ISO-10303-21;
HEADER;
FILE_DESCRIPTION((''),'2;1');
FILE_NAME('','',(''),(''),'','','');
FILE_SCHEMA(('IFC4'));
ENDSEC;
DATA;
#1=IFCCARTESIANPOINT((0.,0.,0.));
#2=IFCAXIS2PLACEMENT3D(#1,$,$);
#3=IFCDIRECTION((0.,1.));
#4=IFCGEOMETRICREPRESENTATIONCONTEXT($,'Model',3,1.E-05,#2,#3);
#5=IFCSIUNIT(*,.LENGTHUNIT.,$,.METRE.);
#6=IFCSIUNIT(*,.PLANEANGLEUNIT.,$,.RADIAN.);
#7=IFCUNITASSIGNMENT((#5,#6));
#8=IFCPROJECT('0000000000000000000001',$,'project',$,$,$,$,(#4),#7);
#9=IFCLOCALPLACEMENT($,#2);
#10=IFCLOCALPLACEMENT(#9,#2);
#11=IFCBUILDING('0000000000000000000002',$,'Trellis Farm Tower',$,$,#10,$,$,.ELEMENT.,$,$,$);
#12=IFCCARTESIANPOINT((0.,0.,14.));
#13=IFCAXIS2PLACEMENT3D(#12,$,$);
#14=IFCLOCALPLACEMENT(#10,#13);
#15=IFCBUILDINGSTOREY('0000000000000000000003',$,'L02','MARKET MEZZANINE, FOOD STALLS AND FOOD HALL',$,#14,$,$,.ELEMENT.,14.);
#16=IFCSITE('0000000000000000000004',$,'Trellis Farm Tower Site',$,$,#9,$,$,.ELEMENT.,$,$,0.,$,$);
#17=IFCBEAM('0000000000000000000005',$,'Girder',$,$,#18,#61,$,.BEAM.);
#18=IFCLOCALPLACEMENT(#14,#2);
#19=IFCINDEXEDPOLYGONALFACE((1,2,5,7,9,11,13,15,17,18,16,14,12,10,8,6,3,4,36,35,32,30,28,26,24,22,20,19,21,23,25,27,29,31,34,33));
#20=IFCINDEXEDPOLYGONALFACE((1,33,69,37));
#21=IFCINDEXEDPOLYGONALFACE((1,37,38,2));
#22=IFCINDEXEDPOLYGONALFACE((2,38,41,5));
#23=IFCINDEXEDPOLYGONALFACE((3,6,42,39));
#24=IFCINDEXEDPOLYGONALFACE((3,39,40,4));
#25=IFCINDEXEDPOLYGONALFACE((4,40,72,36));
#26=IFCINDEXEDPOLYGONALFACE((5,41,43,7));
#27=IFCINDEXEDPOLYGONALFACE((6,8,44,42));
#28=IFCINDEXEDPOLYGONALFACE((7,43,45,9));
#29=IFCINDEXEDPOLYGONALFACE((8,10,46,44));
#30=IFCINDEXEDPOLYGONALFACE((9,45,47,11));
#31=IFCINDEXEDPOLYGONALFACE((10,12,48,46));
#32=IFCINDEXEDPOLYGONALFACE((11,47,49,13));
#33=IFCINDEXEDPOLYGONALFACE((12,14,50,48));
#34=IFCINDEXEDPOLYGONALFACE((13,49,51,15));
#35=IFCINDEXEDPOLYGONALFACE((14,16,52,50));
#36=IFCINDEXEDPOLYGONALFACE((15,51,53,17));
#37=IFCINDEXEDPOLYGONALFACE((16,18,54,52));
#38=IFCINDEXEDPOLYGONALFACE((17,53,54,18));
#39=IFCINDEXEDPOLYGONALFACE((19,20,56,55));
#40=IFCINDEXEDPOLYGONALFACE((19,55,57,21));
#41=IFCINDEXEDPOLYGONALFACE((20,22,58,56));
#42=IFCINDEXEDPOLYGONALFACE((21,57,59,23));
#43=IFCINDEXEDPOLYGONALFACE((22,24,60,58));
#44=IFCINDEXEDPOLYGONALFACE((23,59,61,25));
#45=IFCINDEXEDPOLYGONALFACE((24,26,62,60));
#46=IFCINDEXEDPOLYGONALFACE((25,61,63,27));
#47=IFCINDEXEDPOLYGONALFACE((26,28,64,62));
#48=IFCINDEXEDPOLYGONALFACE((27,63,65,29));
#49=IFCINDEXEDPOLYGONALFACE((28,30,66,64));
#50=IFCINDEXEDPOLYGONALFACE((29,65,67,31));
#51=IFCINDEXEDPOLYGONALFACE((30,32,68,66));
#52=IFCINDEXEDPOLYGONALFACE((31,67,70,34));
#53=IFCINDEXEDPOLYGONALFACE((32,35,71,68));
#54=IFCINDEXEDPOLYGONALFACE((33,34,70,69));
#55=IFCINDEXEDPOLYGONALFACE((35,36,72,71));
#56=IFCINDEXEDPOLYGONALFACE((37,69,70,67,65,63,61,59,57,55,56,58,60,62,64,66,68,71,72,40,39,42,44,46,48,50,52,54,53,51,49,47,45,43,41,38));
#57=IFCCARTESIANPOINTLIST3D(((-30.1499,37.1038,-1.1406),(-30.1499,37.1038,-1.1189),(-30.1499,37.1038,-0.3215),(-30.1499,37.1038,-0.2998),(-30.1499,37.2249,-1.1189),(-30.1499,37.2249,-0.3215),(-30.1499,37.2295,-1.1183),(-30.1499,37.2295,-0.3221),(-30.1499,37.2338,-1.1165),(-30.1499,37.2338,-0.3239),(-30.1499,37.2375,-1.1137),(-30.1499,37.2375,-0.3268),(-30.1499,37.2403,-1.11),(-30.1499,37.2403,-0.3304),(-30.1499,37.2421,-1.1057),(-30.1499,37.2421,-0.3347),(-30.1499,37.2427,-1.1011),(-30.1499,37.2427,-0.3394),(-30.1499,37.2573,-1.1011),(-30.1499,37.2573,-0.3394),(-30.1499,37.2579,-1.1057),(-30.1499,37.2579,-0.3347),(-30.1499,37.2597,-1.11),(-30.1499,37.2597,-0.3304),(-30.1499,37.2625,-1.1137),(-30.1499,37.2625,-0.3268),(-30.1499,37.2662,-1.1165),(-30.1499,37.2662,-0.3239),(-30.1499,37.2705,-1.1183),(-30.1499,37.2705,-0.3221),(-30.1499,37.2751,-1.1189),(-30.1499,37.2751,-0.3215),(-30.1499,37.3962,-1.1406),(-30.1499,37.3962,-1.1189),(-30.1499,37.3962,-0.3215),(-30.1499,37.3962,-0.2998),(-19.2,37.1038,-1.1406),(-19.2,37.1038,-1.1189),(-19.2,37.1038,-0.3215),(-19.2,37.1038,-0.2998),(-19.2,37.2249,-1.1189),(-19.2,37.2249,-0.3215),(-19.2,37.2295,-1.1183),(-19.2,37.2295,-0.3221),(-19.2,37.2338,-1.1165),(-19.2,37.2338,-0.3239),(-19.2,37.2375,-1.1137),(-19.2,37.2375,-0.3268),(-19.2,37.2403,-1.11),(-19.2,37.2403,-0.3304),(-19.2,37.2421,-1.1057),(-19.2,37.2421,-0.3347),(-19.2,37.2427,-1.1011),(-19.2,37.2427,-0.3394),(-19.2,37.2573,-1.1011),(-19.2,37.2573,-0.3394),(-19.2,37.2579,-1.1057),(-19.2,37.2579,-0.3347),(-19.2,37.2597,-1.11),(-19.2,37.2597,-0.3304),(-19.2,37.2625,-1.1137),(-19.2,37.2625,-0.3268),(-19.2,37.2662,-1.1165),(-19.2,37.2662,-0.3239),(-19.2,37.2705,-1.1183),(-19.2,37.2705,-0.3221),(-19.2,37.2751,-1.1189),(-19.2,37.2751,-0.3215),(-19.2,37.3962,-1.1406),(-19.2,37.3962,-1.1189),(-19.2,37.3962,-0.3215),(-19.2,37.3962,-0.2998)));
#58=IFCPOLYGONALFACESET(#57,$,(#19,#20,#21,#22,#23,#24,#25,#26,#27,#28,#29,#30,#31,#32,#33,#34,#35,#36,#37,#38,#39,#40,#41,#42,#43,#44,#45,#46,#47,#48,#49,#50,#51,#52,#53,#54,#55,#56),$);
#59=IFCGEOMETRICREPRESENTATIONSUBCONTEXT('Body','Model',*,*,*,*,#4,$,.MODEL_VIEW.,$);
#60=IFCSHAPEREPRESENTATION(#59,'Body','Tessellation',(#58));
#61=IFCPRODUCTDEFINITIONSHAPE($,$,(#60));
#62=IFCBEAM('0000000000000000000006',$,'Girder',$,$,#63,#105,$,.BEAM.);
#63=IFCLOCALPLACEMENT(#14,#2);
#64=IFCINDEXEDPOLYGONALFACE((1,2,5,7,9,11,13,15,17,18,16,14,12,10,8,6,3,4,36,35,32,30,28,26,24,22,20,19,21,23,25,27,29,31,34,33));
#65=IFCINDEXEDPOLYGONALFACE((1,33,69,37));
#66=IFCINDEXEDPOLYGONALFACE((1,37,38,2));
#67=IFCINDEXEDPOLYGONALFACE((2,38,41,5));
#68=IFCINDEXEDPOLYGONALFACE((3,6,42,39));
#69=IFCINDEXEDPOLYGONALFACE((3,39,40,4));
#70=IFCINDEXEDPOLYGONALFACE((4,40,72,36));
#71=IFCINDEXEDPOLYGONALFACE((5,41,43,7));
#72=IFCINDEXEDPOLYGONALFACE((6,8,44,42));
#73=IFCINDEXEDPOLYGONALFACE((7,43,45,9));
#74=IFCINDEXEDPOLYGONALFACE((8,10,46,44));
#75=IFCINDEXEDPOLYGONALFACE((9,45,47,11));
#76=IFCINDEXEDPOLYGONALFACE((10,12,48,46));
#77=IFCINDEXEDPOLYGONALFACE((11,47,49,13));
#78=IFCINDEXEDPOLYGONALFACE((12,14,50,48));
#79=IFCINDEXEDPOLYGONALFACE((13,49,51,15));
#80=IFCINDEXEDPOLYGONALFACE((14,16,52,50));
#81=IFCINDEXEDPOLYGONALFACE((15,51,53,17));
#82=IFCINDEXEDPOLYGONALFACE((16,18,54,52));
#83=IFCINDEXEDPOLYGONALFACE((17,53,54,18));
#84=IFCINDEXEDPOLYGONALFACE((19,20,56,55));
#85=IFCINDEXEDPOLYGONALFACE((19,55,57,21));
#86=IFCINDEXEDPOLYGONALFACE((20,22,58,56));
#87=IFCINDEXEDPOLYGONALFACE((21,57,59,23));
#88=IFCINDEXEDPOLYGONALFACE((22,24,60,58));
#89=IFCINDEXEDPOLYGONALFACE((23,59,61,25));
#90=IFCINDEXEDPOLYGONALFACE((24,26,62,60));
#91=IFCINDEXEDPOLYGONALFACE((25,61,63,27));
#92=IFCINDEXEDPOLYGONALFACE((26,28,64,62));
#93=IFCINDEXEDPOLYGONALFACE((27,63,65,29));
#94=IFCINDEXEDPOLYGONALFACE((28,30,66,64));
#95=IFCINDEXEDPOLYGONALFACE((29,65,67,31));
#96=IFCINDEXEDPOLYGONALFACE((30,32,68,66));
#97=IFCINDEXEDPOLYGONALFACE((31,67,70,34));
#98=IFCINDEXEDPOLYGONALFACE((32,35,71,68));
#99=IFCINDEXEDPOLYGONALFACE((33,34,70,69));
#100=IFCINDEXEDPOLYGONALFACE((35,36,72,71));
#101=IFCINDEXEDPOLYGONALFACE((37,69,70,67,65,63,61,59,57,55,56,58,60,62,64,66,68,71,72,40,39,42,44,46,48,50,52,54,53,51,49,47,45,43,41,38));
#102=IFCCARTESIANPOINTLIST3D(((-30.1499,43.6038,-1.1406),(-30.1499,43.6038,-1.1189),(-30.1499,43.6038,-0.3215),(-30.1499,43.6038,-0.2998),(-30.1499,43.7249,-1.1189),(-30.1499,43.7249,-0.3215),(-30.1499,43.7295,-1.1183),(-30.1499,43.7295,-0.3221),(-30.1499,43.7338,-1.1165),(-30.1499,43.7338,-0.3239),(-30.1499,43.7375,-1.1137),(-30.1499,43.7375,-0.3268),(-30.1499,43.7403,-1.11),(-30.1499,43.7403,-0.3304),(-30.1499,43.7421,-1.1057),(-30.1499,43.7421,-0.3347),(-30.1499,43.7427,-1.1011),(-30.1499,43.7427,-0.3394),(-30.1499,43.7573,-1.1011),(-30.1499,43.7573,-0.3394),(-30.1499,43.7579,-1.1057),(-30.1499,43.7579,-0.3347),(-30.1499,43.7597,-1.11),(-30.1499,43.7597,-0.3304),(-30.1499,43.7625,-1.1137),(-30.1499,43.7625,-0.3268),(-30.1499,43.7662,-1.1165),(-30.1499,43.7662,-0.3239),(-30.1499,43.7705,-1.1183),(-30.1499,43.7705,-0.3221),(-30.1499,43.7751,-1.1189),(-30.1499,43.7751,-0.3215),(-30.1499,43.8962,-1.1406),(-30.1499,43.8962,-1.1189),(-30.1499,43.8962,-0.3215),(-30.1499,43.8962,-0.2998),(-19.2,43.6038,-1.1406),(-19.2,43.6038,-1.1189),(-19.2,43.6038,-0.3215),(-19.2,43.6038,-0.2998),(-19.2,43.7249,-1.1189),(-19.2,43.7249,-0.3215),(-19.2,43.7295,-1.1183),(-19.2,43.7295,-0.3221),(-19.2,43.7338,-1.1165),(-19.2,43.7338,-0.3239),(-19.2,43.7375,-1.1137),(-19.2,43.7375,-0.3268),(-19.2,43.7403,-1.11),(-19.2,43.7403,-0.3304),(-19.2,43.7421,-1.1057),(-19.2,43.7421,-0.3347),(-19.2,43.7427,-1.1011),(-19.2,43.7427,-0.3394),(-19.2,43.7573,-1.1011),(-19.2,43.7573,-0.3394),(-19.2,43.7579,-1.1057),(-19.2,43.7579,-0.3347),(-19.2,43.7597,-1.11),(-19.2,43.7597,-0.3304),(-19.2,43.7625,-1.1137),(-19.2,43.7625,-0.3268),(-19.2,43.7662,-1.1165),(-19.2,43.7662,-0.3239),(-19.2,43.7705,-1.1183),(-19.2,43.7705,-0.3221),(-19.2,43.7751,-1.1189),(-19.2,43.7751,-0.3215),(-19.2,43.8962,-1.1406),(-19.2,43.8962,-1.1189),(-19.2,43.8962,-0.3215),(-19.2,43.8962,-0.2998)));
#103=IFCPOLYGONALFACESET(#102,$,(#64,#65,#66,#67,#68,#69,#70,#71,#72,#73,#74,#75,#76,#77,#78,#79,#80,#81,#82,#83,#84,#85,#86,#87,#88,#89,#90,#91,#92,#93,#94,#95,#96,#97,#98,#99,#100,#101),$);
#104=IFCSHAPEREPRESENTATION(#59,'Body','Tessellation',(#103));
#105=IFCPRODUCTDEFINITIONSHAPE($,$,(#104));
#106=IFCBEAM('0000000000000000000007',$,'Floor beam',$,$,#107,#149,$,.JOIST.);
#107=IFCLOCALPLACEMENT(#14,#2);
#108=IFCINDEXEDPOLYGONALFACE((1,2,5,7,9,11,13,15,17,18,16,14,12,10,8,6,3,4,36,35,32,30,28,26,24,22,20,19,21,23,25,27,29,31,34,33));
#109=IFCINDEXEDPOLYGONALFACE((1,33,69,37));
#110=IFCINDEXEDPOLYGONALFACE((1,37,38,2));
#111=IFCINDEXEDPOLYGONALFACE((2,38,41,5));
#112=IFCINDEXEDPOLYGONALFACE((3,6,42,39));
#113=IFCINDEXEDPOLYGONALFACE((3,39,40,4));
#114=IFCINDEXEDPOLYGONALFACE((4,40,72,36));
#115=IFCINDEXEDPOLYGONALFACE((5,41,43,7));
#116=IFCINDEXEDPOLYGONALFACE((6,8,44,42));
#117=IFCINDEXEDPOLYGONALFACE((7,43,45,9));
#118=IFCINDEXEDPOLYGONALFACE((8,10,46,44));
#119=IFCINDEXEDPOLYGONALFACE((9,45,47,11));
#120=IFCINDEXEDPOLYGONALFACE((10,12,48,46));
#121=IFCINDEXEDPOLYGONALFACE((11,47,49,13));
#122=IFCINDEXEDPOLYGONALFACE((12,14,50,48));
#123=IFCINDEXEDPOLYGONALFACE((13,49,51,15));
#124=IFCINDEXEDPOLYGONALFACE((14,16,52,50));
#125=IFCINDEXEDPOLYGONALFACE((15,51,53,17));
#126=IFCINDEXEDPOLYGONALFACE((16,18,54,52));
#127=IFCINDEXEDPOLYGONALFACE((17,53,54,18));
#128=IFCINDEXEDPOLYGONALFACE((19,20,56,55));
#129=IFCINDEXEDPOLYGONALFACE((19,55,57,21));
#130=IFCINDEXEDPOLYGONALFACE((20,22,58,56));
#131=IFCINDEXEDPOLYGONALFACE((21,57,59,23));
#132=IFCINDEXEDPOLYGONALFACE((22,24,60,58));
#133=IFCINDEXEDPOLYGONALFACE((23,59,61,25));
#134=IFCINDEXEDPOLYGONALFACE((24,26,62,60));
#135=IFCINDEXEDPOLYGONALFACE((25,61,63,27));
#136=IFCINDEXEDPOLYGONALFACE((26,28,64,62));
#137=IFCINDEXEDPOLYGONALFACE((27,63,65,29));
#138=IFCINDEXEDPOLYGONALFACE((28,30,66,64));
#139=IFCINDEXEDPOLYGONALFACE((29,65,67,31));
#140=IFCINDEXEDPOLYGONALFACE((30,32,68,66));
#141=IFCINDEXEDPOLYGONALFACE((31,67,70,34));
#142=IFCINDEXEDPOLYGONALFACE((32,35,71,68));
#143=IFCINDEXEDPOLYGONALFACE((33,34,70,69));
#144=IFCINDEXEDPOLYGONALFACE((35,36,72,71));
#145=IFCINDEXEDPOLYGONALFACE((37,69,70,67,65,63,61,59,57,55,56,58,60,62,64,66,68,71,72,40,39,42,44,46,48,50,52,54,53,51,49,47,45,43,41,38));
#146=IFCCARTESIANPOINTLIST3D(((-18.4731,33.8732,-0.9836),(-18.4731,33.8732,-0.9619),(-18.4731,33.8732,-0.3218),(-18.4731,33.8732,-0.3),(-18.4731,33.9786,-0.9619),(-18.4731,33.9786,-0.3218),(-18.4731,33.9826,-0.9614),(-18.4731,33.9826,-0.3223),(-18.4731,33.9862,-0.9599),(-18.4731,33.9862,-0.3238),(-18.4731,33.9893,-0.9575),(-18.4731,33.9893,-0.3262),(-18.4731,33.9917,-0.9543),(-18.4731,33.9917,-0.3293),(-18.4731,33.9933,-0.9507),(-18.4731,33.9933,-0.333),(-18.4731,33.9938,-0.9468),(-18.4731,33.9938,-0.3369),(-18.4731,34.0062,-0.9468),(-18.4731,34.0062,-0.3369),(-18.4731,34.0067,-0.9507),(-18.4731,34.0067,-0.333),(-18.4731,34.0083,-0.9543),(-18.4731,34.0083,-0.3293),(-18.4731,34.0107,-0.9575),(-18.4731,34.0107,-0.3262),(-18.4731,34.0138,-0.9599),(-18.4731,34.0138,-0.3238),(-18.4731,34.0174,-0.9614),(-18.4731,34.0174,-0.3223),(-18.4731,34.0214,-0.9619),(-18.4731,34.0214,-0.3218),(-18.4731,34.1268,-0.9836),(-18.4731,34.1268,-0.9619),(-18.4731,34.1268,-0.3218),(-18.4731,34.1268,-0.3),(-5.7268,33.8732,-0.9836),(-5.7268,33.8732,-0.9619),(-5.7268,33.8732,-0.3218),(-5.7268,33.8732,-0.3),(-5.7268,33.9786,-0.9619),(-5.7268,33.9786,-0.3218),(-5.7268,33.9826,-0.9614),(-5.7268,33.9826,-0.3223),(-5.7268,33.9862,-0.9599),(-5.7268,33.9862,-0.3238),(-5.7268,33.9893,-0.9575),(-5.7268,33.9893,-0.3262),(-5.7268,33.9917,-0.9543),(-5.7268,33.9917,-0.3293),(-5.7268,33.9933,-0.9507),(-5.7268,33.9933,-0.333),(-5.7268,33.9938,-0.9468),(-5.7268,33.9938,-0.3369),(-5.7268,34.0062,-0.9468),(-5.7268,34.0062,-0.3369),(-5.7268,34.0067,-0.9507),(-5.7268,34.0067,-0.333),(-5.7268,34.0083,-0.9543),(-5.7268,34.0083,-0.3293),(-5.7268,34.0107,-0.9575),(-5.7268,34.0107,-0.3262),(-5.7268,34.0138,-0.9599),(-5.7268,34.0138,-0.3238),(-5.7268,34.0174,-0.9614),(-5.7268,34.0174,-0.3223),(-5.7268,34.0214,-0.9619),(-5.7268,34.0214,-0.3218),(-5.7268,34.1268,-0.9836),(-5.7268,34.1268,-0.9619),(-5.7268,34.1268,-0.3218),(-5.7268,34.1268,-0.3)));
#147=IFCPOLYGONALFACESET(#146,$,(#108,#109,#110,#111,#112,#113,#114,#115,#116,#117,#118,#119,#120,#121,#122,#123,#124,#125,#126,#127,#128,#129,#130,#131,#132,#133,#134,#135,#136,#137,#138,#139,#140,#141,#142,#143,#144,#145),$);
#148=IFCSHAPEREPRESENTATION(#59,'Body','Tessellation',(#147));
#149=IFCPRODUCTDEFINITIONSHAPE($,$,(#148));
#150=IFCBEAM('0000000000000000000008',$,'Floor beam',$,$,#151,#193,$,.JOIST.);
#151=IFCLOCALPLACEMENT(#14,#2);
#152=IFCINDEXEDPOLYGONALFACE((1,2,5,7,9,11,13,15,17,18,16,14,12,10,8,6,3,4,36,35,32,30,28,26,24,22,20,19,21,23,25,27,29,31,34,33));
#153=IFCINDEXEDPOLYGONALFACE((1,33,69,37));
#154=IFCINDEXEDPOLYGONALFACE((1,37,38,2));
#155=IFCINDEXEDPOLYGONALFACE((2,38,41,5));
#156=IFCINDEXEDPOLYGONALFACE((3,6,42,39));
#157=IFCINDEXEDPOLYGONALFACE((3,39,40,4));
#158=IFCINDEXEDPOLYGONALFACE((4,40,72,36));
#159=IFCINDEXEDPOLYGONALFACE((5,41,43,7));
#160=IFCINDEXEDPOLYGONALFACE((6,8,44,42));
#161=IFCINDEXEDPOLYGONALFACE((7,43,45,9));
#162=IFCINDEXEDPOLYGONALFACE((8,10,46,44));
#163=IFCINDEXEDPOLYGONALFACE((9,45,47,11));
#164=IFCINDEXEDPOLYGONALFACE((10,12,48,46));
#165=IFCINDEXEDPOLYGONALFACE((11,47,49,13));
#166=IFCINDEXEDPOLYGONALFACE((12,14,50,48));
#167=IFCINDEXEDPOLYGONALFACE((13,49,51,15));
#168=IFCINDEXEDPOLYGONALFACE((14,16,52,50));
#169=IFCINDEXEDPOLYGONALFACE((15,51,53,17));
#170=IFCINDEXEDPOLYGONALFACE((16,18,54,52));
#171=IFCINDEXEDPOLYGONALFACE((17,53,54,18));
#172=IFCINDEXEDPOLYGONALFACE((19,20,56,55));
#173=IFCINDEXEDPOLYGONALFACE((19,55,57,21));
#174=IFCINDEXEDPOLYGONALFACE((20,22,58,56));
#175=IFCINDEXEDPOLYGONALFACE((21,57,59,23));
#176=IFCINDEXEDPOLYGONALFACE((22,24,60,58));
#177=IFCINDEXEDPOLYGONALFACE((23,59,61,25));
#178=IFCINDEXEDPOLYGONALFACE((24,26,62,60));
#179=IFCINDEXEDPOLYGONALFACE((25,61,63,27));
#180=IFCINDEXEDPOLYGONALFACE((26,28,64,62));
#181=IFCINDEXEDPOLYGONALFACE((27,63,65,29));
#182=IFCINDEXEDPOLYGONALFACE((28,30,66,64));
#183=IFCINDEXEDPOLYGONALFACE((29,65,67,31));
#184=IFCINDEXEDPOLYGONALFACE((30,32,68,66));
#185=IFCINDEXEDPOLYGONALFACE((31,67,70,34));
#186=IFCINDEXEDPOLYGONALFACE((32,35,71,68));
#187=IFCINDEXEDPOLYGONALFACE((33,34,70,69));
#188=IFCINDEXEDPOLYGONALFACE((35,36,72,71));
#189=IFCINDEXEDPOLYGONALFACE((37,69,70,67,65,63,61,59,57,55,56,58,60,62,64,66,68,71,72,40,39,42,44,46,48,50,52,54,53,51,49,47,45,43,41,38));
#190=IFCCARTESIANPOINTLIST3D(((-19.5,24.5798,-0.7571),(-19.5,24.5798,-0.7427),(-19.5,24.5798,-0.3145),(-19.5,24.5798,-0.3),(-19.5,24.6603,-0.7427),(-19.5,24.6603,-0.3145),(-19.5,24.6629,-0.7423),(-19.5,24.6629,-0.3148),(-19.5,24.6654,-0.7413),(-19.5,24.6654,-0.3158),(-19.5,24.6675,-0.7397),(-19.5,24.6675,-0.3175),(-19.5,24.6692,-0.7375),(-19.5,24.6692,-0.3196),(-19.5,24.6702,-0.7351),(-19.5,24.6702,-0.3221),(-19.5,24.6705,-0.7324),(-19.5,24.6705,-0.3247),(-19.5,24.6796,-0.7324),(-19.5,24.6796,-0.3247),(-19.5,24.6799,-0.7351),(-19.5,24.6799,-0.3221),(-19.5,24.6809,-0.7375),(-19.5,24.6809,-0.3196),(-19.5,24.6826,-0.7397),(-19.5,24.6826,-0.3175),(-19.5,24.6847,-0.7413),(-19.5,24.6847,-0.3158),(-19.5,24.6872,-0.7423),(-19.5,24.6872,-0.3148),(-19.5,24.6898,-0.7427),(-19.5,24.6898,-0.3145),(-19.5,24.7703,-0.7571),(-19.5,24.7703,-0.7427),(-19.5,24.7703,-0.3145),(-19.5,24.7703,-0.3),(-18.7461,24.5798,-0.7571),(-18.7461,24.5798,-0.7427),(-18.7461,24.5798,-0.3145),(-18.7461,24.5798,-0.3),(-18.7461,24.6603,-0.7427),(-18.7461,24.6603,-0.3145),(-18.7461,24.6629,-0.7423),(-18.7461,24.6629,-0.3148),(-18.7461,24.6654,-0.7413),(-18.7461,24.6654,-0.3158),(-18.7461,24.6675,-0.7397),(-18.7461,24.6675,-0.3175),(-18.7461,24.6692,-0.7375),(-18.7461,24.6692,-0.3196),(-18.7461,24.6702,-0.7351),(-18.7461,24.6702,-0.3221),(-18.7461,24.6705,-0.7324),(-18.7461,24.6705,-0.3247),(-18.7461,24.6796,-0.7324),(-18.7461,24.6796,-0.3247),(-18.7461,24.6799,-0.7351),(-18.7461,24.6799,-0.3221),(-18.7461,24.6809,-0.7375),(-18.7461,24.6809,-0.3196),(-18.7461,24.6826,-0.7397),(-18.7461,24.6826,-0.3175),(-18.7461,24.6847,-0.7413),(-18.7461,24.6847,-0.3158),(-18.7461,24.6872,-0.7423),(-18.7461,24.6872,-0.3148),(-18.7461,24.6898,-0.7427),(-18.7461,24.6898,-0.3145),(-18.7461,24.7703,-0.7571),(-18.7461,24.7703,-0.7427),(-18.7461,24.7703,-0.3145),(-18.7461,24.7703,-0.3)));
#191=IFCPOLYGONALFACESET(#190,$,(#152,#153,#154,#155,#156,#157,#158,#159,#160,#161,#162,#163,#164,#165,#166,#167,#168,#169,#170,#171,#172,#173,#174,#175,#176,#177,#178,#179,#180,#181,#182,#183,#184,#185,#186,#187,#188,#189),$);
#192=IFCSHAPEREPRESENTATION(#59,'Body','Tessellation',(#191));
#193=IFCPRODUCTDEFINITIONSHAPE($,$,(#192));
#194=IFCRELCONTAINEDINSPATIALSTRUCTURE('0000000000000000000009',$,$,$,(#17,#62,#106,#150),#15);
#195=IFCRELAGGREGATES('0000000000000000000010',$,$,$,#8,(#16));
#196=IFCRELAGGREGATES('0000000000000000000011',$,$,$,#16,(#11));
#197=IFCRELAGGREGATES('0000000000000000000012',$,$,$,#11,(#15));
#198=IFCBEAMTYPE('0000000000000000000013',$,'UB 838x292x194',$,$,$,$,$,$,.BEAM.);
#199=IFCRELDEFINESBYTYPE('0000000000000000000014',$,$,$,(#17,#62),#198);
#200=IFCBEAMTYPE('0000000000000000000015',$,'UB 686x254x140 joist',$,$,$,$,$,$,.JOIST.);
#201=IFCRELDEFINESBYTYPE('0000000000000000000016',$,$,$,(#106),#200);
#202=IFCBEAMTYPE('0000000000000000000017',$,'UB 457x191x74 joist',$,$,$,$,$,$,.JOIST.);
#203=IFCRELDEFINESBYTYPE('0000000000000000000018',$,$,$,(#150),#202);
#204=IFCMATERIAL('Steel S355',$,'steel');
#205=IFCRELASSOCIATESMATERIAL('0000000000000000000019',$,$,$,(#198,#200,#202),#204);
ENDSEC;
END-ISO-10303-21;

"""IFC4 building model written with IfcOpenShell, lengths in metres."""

from ifc_helpers import new_model, si_unit, direction, frame, origin, origin_2d, place, context, subcontext, project, spatial, i_section, extrude, source, transform, mapped, material, material_profile, profile_set, type_object, element, save


model = new_model("IFC4")

# Units and contexts
model_context = context("Model", 3, precision=1e-05, world=origin(), true_north=direction((0.0, 1.0)))
body_context = subcontext(model_context, "Body", "Model", "MODEL_VIEW")
ifc_project = project(units=[si_unit("LENGTHUNIT", "METRE"), si_unit("PLANEANGLEUNIT", "RADIAN")], contexts=[model_context])

# Site, building, storey
site_placement = place(None, origin())
site = spatial("IfcSite", under=ifc_project, at=site_placement, Name="Trellis Farm Tower Site", CompositionType="ELEMENT", RefElevation=0.0)
building_placement = place(site_placement, origin())
building = spatial("IfcBuilding", under=site, at=building_placement, Name="Trellis Farm Tower", CompositionType="ELEMENT")
storey_placement = place(building_placement, frame((0.0, 0.0, 14.0)))
storey = spatial("IfcBuildingStorey", under=building, at=storey_placement, Name="L02", Description="MARKET MEZZANINE, FOOD STALLS AND FOOD HALL", CompositionType="ELEMENT", Elevation=14.0)

# Beams
ifc_material_1 = material(Name="Steel S355", Category="steel")
ifc_material_profile_1 = material_profile(ifc_material_1, i_section(OverallWidth=0.2925, OverallDepth=0.8408, WebThickness=0.0146, FlangeThickness=0.0217, FilletRadius=0.0178, at=origin_2d()), Name="UB 838x292x194")
ifc_profile_set_1 = profile_set([ifc_material_profile_1], Name="Steel S355")
beam_type_1 = type_object("IfcBeamType", Name="UB 838x292x194", PredefinedType="BEAM", material=ifc_profile_set_1)
shared_shape_1 = source(origin(), body_context, "Body", "SweptSolid", [
    extrude(i_section(OverallWidth=0.2925, OverallDepth=0.8408, WebThickness=0.0146, FlangeThickness=0.0217, FilletRadius=0.0178, at=origin_2d()), origin(), (0.0, 0.0, 1.0), 10.95),
])
for number, where, z_axis, x_axis, name in (
    (1, (-30.1499, 37.25, -0.7202), (1.0, 0.0, 0.0), (0.0, 1.0, 0.0), "Girder"),
    (2, (-30.1499, 43.75, -0.7202), (1.0, 0.0, 0.0), (0.0, 1.0, 0.0), "Girder"),
):
    element("IfcBeam", number, at=place(storey_placement, frame(where, z_axis=z_axis, x_axis=x_axis)), inside=storey, type_object=beam_type_1, Name=name, PredefinedType="BEAM", context=body_context, shape_type="MappedRepresentation", body=[
        mapped(shared_shape_1, transform((0.0, 0.0, 0.0))),
    ])
ifc_material_profile_2 = material_profile(ifc_material_1, i_section(OverallWidth=0.2537, OverallDepth=0.6836, WebThickness=0.0125, FlangeThickness=0.0217, FilletRadius=0.0151, at=origin_2d()), Name="UB 686x254x140")
ifc_profile_set_2 = profile_set([ifc_material_profile_2], Name="Steel S355")
beam_type_2 = type_object("IfcBeamType", Name="UB 686x254x140 joist", PredefinedType="JOIST", material=ifc_profile_set_2)
shared_shape_2 = source(origin(), body_context, "Body", "SweptSolid", [
    extrude(i_section(OverallWidth=0.2537, OverallDepth=0.6836, WebThickness=0.0125, FlangeThickness=0.0217, FilletRadius=0.0151, at=origin_2d()), origin(), (0.0, 0.0, 1.0), 12.7463),
])
beam_1_placement = place(storey_placement, frame((-18.4731, 34.0, -0.6418), z_axis=(1.0, 0.0, 0.0), x_axis=(0.0, 1.0, 0.0)))
element("IfcBeam", 3, at=beam_1_placement, inside=storey, type_object=beam_type_2, Name="Floor beam", PredefinedType="JOIST", context=body_context, shape_type="MappedRepresentation", body=[
    mapped(shared_shape_2, transform((0.0, 0.0, 0.0))),
])
ifc_material_profile_3 = material_profile(ifc_material_1, i_section(OverallWidth=0.1904, OverallDepth=0.457, WebThickness=0.009, FlangeThickness=0.0144, FilletRadius=0.0103, at=origin_2d()), Name="UB 457x191x74")
ifc_profile_set_3 = profile_set([ifc_material_profile_3], Name="Steel S355")
beam_type_3 = type_object("IfcBeamType", Name="UB 457x191x74 joist", PredefinedType="JOIST", material=ifc_profile_set_3)
shared_shape_3 = source(origin(), body_context, "Body", "SweptSolid", [
    extrude(i_section(OverallWidth=0.1904, OverallDepth=0.457, WebThickness=0.009, FlangeThickness=0.0144, FilletRadius=0.0103, at=origin_2d()), origin(), (0.0, 0.0, 1.0), 0.7539),
])
for number, where, z_axis, x_axis, name in (
    (4, (-19.5, 24.675, -0.5286), (1.0, 0.0, 0.0), (0.0, 1.0, 0.0), "Floor beam"),
):
    element("IfcBeam", number, at=place(storey_placement, frame(where, z_axis=z_axis, x_axis=x_axis)), inside=storey, type_object=beam_type_3, Name=name, PredefinedType="JOIST", context=body_context, shape_type="MappedRepresentation", body=[
        mapped(shared_shape_3, transform((0.0, 0.0, 0.0))),
    ])

save(model, "model.ifc")
